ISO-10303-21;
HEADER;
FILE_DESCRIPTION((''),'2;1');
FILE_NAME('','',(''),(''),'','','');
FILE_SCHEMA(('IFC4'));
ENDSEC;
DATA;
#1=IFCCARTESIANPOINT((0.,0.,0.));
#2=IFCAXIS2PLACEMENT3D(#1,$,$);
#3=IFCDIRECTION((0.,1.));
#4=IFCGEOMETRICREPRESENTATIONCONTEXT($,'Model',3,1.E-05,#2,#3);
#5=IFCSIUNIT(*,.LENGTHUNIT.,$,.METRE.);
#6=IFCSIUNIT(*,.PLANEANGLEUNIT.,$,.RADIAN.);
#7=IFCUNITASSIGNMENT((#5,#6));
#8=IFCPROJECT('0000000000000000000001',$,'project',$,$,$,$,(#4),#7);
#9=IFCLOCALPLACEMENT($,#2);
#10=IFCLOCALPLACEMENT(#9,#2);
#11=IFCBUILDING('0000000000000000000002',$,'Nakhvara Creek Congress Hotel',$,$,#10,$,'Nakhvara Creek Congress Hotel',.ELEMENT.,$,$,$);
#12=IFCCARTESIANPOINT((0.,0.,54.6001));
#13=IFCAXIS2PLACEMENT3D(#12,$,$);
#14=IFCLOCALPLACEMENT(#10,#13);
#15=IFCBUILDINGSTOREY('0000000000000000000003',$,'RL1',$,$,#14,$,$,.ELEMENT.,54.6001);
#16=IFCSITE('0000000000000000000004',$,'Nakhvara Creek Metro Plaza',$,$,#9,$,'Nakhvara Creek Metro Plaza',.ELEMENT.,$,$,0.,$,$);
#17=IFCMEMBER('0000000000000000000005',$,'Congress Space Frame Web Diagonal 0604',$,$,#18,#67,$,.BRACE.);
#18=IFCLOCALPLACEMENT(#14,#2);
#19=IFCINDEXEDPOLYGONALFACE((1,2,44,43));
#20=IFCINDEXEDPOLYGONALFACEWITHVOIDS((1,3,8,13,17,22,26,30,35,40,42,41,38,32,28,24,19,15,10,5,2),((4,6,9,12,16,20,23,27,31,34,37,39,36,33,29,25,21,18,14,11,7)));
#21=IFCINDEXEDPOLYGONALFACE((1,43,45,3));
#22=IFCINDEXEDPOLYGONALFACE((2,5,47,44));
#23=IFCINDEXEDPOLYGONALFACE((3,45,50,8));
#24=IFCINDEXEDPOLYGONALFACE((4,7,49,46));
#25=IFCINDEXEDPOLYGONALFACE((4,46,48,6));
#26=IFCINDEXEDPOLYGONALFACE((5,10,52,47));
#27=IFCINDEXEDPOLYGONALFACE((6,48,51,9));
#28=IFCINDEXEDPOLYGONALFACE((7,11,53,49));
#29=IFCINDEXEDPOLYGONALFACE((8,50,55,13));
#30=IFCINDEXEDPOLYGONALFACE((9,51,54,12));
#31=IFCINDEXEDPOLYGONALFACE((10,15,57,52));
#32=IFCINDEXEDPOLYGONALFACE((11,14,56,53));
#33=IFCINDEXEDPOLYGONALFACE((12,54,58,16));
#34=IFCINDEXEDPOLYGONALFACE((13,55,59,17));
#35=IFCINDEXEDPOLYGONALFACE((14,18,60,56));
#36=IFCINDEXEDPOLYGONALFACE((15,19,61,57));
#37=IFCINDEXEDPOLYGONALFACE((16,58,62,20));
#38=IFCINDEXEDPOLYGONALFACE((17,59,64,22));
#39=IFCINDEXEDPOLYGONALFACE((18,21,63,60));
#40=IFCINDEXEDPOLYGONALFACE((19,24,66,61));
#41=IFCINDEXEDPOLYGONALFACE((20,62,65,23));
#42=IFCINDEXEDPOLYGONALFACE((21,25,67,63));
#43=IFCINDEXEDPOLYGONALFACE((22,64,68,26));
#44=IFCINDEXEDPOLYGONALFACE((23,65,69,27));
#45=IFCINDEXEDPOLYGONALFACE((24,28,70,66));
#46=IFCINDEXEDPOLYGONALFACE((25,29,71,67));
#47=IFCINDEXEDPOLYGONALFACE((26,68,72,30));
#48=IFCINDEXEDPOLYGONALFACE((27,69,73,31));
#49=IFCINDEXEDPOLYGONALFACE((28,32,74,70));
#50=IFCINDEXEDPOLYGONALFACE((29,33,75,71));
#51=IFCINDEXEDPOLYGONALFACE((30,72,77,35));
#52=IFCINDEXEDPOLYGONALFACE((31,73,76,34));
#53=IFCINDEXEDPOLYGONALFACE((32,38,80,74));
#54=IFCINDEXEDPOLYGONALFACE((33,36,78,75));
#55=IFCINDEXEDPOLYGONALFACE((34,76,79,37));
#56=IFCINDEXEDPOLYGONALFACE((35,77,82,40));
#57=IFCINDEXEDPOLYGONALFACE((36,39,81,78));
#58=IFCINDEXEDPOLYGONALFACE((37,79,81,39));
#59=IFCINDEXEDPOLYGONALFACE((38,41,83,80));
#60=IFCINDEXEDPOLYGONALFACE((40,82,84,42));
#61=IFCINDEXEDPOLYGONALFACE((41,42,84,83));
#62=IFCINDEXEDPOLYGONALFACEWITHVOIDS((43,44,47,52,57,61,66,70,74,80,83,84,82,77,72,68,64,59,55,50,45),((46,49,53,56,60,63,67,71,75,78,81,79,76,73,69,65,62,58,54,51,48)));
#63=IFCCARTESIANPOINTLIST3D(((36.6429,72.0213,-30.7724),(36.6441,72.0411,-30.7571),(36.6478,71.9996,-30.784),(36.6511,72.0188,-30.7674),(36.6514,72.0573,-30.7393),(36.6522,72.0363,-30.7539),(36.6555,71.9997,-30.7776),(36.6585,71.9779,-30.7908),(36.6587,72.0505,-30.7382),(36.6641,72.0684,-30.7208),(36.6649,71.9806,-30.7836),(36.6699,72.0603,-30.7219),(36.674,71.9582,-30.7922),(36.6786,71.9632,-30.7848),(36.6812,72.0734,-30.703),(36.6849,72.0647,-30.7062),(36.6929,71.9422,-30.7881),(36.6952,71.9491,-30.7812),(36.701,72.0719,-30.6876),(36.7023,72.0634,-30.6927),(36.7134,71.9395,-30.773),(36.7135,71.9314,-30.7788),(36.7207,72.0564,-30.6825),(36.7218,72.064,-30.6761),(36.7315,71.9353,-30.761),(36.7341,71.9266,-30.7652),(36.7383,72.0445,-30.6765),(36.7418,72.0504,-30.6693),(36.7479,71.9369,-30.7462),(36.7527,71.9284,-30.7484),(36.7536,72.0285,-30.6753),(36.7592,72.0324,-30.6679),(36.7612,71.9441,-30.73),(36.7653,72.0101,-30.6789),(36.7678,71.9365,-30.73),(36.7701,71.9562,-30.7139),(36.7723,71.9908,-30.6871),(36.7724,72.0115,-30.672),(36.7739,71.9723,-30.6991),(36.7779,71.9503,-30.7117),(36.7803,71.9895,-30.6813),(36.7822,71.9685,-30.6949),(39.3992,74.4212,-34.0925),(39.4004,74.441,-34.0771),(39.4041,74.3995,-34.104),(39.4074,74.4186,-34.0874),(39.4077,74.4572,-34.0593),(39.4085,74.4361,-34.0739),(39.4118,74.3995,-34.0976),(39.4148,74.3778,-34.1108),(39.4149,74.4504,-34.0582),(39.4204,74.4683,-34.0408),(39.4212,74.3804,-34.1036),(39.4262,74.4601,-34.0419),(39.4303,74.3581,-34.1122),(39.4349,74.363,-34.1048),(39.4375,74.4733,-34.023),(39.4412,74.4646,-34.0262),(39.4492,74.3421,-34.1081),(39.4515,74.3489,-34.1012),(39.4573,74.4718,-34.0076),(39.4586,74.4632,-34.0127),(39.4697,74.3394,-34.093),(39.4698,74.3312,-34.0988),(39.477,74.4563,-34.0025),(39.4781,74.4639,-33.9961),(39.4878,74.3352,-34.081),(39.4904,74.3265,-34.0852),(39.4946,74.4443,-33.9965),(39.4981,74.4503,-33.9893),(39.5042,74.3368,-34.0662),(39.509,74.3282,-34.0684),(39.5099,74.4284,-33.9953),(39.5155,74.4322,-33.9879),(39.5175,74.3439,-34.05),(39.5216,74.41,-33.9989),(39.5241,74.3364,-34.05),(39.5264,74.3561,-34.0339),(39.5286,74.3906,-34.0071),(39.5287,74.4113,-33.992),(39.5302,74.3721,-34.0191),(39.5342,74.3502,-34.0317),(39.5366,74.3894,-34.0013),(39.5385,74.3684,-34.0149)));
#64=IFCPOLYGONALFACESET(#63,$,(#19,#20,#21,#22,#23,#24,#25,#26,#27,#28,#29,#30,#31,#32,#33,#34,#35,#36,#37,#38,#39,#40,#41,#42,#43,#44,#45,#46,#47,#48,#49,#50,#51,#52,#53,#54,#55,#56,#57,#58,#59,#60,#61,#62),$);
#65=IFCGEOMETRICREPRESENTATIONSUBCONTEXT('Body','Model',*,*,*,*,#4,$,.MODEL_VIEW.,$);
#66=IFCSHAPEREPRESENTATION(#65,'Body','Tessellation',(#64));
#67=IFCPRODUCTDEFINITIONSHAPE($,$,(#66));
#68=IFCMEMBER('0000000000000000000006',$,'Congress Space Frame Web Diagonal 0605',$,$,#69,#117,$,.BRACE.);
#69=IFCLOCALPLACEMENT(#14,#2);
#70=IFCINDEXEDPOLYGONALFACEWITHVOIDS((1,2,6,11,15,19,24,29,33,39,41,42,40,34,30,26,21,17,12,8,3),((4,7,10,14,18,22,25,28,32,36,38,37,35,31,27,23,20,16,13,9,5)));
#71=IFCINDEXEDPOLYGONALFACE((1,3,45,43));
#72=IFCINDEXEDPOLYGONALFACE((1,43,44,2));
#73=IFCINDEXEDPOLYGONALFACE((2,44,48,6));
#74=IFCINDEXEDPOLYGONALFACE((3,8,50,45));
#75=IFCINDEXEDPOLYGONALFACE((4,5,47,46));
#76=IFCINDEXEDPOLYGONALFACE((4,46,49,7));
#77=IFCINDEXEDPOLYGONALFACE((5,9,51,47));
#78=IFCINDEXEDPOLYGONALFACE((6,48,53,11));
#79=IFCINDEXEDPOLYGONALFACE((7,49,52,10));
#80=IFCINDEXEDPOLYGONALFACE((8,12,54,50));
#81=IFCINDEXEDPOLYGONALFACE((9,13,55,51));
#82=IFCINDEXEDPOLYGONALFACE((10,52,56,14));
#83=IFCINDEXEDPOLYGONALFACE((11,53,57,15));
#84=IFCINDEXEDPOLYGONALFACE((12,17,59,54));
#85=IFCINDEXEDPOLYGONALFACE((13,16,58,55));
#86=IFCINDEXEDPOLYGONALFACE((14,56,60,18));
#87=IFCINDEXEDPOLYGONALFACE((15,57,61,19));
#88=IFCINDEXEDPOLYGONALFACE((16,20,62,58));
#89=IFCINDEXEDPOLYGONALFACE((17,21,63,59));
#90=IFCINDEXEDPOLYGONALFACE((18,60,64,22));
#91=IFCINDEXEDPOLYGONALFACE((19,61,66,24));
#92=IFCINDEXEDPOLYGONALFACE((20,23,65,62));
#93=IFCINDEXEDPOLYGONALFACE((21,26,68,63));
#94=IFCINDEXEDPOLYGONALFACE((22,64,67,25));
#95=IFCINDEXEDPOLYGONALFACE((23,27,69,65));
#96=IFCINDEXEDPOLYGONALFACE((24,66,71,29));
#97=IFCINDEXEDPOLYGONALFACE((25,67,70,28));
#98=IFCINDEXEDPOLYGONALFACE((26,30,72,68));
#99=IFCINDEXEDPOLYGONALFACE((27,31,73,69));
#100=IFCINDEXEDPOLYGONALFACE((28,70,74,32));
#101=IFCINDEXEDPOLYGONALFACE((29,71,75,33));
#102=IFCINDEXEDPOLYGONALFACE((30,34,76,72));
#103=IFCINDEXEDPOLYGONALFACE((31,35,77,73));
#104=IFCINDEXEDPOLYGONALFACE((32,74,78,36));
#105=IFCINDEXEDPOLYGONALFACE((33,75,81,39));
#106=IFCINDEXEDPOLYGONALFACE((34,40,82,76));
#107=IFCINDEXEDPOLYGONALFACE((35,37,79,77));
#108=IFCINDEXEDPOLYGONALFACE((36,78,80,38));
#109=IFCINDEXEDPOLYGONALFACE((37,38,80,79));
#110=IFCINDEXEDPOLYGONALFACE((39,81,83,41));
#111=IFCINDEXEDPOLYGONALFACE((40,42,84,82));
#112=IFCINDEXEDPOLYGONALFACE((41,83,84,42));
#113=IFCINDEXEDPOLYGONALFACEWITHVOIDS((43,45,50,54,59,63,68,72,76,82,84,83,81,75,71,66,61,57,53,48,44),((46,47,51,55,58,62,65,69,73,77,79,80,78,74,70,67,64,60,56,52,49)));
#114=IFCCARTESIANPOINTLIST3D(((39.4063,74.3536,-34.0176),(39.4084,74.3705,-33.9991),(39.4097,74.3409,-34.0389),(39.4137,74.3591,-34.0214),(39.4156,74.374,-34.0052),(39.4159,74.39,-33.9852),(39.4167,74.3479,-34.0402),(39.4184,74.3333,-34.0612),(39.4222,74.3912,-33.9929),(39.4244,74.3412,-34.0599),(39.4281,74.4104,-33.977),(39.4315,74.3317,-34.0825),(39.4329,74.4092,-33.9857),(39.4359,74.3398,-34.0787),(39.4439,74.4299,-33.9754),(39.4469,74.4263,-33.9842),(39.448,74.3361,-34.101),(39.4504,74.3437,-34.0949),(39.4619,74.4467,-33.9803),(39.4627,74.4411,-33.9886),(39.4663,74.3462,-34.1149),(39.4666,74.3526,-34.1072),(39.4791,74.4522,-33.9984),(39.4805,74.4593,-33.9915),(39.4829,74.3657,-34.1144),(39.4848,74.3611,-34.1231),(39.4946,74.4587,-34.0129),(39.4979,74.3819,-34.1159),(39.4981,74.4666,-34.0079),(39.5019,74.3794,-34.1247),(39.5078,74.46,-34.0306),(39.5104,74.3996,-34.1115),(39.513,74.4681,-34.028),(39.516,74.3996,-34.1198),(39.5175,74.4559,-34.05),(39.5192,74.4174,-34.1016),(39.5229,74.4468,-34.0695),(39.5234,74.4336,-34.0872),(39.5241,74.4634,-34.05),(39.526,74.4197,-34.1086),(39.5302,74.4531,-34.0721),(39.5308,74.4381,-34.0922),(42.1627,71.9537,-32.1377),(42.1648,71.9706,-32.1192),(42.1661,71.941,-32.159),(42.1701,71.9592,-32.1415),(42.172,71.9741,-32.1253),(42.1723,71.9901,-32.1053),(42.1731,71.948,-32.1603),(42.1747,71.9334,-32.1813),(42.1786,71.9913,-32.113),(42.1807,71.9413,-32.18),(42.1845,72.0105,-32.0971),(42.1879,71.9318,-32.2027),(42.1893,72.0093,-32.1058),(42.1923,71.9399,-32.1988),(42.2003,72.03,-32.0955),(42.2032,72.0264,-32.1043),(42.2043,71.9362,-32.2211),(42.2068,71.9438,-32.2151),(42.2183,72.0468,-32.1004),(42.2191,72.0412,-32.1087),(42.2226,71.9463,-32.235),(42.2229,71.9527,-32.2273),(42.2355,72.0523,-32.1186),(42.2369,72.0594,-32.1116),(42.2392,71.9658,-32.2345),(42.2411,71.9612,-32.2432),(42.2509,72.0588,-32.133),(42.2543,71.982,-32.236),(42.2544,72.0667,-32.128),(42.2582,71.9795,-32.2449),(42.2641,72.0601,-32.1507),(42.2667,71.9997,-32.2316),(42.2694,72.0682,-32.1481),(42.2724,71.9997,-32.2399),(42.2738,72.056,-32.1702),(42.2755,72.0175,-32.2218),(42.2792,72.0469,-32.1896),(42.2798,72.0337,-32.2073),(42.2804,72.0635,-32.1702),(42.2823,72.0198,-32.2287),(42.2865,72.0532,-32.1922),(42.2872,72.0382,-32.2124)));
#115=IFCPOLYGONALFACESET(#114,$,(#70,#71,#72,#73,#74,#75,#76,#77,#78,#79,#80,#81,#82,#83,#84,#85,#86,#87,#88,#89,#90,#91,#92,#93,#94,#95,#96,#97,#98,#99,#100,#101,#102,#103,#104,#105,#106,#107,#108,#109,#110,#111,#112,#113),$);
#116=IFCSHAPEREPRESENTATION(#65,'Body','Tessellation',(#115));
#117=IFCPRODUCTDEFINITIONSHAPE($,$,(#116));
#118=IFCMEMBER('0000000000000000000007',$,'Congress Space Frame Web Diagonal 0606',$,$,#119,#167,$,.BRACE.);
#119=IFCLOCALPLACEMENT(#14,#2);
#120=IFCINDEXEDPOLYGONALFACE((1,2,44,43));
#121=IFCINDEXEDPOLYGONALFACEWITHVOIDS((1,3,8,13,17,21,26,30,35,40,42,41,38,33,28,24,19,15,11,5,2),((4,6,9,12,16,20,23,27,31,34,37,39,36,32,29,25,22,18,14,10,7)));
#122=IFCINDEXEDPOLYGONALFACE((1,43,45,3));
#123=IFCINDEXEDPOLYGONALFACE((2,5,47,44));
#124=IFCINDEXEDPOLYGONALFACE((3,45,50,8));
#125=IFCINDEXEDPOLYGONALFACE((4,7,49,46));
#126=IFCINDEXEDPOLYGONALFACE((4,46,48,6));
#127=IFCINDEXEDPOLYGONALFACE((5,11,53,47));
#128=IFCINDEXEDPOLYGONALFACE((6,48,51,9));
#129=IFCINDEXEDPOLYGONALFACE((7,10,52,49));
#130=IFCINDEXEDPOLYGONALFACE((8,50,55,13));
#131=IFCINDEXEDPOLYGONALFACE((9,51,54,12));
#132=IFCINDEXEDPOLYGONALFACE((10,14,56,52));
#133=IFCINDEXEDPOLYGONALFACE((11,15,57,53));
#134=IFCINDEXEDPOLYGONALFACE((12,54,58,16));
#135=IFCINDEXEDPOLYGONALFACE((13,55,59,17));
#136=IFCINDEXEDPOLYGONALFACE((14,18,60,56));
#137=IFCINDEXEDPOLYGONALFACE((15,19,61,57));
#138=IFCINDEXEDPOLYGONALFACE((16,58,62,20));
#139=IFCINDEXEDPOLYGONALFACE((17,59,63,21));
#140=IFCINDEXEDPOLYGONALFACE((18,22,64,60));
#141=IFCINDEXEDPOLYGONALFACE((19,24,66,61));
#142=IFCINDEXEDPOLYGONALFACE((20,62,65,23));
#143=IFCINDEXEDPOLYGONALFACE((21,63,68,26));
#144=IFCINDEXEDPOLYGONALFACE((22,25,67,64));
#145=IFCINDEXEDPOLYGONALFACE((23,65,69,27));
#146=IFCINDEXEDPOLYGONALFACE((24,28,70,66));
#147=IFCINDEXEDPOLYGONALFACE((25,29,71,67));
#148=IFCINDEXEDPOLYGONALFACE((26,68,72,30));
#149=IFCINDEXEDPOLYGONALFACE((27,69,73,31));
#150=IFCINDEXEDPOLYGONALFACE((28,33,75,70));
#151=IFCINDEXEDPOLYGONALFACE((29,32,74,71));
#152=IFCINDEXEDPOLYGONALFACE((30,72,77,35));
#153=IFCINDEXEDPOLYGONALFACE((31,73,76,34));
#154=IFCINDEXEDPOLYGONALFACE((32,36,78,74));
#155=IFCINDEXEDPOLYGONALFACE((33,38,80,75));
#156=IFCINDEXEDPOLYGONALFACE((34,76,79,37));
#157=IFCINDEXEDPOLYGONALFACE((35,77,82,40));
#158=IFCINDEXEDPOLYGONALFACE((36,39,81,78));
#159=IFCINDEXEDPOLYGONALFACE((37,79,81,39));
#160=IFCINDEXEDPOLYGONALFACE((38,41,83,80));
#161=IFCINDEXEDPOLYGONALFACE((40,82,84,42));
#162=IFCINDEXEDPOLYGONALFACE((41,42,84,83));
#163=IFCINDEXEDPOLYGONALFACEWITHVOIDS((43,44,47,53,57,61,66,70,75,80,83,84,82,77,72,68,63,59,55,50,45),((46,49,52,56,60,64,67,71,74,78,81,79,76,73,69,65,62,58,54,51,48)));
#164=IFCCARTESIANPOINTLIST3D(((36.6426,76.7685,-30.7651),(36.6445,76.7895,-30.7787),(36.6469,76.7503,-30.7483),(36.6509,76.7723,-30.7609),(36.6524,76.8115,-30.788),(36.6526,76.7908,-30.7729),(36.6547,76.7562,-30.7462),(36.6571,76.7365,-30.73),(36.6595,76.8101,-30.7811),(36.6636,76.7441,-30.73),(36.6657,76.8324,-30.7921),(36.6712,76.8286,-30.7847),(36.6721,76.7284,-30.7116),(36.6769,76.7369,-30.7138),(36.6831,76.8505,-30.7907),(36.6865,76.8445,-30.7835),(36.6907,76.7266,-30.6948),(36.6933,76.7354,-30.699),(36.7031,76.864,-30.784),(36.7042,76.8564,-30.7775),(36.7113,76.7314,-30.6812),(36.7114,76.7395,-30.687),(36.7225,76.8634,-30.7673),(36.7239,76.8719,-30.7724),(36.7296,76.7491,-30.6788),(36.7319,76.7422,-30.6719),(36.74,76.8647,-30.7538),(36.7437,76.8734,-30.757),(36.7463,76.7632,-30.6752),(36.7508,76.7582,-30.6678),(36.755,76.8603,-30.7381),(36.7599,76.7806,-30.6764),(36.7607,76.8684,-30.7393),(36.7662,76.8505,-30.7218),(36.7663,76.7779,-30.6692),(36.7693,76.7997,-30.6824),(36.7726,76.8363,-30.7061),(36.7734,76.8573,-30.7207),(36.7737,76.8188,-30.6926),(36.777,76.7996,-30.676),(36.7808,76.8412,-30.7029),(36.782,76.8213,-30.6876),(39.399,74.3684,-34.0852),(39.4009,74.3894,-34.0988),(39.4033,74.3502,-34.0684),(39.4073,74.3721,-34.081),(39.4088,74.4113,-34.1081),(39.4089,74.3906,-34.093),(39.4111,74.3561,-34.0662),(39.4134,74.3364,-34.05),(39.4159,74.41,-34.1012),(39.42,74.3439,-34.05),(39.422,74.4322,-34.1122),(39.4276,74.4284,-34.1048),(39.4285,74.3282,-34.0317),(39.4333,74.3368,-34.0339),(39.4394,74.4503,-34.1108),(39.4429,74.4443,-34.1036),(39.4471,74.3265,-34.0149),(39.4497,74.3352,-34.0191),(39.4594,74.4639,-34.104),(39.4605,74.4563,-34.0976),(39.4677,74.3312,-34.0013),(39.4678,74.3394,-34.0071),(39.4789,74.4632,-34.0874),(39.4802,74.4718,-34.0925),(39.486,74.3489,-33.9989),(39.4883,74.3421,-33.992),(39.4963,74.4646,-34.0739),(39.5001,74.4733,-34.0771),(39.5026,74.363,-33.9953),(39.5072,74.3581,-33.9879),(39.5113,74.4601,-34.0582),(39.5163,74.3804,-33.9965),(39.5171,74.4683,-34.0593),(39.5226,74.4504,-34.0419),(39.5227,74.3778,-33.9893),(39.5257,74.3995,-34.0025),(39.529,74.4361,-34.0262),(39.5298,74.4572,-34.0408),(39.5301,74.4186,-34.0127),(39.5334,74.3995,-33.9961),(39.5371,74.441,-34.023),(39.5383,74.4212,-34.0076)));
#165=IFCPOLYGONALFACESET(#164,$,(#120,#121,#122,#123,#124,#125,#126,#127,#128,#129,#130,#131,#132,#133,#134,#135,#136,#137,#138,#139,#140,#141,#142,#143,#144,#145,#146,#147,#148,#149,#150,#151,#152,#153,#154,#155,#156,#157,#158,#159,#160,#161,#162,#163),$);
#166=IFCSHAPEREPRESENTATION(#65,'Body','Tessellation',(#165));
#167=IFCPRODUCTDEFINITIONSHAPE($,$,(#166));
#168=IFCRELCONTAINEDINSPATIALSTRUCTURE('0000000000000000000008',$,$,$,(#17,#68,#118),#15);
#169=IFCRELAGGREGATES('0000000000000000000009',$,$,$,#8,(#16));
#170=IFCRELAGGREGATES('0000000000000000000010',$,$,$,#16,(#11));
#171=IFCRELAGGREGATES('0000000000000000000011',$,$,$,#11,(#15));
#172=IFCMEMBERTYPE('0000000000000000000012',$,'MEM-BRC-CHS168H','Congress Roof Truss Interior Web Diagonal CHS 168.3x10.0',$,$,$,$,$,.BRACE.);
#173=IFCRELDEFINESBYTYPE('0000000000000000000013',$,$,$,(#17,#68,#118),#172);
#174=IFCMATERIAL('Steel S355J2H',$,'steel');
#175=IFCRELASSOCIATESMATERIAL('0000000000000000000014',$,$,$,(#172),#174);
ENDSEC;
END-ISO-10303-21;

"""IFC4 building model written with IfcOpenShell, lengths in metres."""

from ifc_helpers import new_model, si_unit, direction, frame, origin, origin_2d, place, context, subcontext, project, spatial, hollow_circle, extrude, material, material_profile, profile_set, type_object, element, save


model = new_model("IFC4")

# Units and contexts
model_context = context("Model", 3, precision=1e-05, world=origin(), true_north=direction((0.0, 1.0)))
body_context = subcontext(model_context, "Body", "Model", "MODEL_VIEW")
ifc_project = project(units=[si_unit("LENGTHUNIT", "METRE"), si_unit("PLANEANGLEUNIT", "RADIAN")], contexts=[model_context])

# Site, building, storey
site_placement = place(None, origin())
site = spatial("IfcSite", under=ifc_project, at=site_placement, Name="Nakhvara Creek Metro Plaza", LongName="Nakhvara Creek Metro Plaza", CompositionType="ELEMENT", RefElevation=0.0)
building_placement = place(site_placement, origin())
building = spatial("IfcBuilding", under=site, at=building_placement, Name="Nakhvara Creek Congress Hotel", LongName="Nakhvara Creek Congress Hotel", CompositionType="ELEMENT")
storey_placement = place(building_placement, frame((0.0, 0.0, 54.6001)))
storey = spatial("IfcBuildingStorey", under=building, at=storey_placement, Name="RL1", CompositionType="ELEMENT", Elevation=54.6001)

# Members
ifc_material_1 = material(Name="Steel S355J2H", Category="steel")
ifc_material_profile_1 = material_profile(ifc_material_1, hollow_circle(Radius=0.0842, WallThickness=0.01, at=origin_2d()), Name="CHS 168.3x10.0", Category="LoadBearing")
ifc_profile_set_1 = profile_set([ifc_material_profile_1], Name="Steel S355J2H")
member_type_1 = type_object("IfcMemberType", Name="MEM-BRC-CHS168H", Description="Congress Roof Truss Interior Web Diagonal CHS 168.3x10.0", PredefinedType="BRACE", material=ifc_profile_set_1)
member_1_placement = place(storey_placement, frame((39.4688, 74.3999, -34.05), z_axis=(-0.558237, -0.486047, 0.672406), x_axis=(0.656658, -0.754188, 0.0)))
element("IfcMember", 1, at=member_1_placement, inside=storey, type_object=member_type_1, Name="Congress Space Frame Web Diagonal 0604", PredefinedType="BRACE", context=body_context, shape_type="SweptSolid", body=[
    extrude(hollow_circle(Radius=0.0842, WallThickness=0.01, at=origin_2d()), origin(), (0.0, 0.0, 1.0), 4.9375),
])
member_2_placement = place(storey_placement, frame((39.4688, 74.3999, -34.05), z_axis=(0.670667, -0.583938, 0.457408), x_axis=(0.656658, 0.754188, 0.0)))
element("IfcMember", 2, at=member_2_placement, inside=storey, type_object=member_type_1, Name="Congress Space Frame Web Diagonal 0605", PredefinedType="BRACE", context=body_context, shape_type="SweptSolid", body=[
    extrude(hollow_circle(Radius=0.0842, WallThickness=0.01, at=origin_2d()), origin(), (0.0, 0.0, 1.0), 4.1099),
])
member_3_placement = place(storey_placement, frame((39.4688, 74.3999, -34.05), z_axis=(-0.558224, 0.486085, 0.67239), x_axis=(-0.656696, -0.754155, 0.0)))
element("IfcMember", 3, at=member_3_placement, inside=storey, type_object=member_type_1, Name="Congress Space Frame Web Diagonal 0606", PredefinedType="BRACE", context=body_context, shape_type="SweptSolid", body=[
    extrude(hollow_circle(Radius=0.0842, WallThickness=0.01, at=origin_2d()), origin(), (0.0, 0.0, 1.0), 4.9377),
])

save(model, "model.ifc")
